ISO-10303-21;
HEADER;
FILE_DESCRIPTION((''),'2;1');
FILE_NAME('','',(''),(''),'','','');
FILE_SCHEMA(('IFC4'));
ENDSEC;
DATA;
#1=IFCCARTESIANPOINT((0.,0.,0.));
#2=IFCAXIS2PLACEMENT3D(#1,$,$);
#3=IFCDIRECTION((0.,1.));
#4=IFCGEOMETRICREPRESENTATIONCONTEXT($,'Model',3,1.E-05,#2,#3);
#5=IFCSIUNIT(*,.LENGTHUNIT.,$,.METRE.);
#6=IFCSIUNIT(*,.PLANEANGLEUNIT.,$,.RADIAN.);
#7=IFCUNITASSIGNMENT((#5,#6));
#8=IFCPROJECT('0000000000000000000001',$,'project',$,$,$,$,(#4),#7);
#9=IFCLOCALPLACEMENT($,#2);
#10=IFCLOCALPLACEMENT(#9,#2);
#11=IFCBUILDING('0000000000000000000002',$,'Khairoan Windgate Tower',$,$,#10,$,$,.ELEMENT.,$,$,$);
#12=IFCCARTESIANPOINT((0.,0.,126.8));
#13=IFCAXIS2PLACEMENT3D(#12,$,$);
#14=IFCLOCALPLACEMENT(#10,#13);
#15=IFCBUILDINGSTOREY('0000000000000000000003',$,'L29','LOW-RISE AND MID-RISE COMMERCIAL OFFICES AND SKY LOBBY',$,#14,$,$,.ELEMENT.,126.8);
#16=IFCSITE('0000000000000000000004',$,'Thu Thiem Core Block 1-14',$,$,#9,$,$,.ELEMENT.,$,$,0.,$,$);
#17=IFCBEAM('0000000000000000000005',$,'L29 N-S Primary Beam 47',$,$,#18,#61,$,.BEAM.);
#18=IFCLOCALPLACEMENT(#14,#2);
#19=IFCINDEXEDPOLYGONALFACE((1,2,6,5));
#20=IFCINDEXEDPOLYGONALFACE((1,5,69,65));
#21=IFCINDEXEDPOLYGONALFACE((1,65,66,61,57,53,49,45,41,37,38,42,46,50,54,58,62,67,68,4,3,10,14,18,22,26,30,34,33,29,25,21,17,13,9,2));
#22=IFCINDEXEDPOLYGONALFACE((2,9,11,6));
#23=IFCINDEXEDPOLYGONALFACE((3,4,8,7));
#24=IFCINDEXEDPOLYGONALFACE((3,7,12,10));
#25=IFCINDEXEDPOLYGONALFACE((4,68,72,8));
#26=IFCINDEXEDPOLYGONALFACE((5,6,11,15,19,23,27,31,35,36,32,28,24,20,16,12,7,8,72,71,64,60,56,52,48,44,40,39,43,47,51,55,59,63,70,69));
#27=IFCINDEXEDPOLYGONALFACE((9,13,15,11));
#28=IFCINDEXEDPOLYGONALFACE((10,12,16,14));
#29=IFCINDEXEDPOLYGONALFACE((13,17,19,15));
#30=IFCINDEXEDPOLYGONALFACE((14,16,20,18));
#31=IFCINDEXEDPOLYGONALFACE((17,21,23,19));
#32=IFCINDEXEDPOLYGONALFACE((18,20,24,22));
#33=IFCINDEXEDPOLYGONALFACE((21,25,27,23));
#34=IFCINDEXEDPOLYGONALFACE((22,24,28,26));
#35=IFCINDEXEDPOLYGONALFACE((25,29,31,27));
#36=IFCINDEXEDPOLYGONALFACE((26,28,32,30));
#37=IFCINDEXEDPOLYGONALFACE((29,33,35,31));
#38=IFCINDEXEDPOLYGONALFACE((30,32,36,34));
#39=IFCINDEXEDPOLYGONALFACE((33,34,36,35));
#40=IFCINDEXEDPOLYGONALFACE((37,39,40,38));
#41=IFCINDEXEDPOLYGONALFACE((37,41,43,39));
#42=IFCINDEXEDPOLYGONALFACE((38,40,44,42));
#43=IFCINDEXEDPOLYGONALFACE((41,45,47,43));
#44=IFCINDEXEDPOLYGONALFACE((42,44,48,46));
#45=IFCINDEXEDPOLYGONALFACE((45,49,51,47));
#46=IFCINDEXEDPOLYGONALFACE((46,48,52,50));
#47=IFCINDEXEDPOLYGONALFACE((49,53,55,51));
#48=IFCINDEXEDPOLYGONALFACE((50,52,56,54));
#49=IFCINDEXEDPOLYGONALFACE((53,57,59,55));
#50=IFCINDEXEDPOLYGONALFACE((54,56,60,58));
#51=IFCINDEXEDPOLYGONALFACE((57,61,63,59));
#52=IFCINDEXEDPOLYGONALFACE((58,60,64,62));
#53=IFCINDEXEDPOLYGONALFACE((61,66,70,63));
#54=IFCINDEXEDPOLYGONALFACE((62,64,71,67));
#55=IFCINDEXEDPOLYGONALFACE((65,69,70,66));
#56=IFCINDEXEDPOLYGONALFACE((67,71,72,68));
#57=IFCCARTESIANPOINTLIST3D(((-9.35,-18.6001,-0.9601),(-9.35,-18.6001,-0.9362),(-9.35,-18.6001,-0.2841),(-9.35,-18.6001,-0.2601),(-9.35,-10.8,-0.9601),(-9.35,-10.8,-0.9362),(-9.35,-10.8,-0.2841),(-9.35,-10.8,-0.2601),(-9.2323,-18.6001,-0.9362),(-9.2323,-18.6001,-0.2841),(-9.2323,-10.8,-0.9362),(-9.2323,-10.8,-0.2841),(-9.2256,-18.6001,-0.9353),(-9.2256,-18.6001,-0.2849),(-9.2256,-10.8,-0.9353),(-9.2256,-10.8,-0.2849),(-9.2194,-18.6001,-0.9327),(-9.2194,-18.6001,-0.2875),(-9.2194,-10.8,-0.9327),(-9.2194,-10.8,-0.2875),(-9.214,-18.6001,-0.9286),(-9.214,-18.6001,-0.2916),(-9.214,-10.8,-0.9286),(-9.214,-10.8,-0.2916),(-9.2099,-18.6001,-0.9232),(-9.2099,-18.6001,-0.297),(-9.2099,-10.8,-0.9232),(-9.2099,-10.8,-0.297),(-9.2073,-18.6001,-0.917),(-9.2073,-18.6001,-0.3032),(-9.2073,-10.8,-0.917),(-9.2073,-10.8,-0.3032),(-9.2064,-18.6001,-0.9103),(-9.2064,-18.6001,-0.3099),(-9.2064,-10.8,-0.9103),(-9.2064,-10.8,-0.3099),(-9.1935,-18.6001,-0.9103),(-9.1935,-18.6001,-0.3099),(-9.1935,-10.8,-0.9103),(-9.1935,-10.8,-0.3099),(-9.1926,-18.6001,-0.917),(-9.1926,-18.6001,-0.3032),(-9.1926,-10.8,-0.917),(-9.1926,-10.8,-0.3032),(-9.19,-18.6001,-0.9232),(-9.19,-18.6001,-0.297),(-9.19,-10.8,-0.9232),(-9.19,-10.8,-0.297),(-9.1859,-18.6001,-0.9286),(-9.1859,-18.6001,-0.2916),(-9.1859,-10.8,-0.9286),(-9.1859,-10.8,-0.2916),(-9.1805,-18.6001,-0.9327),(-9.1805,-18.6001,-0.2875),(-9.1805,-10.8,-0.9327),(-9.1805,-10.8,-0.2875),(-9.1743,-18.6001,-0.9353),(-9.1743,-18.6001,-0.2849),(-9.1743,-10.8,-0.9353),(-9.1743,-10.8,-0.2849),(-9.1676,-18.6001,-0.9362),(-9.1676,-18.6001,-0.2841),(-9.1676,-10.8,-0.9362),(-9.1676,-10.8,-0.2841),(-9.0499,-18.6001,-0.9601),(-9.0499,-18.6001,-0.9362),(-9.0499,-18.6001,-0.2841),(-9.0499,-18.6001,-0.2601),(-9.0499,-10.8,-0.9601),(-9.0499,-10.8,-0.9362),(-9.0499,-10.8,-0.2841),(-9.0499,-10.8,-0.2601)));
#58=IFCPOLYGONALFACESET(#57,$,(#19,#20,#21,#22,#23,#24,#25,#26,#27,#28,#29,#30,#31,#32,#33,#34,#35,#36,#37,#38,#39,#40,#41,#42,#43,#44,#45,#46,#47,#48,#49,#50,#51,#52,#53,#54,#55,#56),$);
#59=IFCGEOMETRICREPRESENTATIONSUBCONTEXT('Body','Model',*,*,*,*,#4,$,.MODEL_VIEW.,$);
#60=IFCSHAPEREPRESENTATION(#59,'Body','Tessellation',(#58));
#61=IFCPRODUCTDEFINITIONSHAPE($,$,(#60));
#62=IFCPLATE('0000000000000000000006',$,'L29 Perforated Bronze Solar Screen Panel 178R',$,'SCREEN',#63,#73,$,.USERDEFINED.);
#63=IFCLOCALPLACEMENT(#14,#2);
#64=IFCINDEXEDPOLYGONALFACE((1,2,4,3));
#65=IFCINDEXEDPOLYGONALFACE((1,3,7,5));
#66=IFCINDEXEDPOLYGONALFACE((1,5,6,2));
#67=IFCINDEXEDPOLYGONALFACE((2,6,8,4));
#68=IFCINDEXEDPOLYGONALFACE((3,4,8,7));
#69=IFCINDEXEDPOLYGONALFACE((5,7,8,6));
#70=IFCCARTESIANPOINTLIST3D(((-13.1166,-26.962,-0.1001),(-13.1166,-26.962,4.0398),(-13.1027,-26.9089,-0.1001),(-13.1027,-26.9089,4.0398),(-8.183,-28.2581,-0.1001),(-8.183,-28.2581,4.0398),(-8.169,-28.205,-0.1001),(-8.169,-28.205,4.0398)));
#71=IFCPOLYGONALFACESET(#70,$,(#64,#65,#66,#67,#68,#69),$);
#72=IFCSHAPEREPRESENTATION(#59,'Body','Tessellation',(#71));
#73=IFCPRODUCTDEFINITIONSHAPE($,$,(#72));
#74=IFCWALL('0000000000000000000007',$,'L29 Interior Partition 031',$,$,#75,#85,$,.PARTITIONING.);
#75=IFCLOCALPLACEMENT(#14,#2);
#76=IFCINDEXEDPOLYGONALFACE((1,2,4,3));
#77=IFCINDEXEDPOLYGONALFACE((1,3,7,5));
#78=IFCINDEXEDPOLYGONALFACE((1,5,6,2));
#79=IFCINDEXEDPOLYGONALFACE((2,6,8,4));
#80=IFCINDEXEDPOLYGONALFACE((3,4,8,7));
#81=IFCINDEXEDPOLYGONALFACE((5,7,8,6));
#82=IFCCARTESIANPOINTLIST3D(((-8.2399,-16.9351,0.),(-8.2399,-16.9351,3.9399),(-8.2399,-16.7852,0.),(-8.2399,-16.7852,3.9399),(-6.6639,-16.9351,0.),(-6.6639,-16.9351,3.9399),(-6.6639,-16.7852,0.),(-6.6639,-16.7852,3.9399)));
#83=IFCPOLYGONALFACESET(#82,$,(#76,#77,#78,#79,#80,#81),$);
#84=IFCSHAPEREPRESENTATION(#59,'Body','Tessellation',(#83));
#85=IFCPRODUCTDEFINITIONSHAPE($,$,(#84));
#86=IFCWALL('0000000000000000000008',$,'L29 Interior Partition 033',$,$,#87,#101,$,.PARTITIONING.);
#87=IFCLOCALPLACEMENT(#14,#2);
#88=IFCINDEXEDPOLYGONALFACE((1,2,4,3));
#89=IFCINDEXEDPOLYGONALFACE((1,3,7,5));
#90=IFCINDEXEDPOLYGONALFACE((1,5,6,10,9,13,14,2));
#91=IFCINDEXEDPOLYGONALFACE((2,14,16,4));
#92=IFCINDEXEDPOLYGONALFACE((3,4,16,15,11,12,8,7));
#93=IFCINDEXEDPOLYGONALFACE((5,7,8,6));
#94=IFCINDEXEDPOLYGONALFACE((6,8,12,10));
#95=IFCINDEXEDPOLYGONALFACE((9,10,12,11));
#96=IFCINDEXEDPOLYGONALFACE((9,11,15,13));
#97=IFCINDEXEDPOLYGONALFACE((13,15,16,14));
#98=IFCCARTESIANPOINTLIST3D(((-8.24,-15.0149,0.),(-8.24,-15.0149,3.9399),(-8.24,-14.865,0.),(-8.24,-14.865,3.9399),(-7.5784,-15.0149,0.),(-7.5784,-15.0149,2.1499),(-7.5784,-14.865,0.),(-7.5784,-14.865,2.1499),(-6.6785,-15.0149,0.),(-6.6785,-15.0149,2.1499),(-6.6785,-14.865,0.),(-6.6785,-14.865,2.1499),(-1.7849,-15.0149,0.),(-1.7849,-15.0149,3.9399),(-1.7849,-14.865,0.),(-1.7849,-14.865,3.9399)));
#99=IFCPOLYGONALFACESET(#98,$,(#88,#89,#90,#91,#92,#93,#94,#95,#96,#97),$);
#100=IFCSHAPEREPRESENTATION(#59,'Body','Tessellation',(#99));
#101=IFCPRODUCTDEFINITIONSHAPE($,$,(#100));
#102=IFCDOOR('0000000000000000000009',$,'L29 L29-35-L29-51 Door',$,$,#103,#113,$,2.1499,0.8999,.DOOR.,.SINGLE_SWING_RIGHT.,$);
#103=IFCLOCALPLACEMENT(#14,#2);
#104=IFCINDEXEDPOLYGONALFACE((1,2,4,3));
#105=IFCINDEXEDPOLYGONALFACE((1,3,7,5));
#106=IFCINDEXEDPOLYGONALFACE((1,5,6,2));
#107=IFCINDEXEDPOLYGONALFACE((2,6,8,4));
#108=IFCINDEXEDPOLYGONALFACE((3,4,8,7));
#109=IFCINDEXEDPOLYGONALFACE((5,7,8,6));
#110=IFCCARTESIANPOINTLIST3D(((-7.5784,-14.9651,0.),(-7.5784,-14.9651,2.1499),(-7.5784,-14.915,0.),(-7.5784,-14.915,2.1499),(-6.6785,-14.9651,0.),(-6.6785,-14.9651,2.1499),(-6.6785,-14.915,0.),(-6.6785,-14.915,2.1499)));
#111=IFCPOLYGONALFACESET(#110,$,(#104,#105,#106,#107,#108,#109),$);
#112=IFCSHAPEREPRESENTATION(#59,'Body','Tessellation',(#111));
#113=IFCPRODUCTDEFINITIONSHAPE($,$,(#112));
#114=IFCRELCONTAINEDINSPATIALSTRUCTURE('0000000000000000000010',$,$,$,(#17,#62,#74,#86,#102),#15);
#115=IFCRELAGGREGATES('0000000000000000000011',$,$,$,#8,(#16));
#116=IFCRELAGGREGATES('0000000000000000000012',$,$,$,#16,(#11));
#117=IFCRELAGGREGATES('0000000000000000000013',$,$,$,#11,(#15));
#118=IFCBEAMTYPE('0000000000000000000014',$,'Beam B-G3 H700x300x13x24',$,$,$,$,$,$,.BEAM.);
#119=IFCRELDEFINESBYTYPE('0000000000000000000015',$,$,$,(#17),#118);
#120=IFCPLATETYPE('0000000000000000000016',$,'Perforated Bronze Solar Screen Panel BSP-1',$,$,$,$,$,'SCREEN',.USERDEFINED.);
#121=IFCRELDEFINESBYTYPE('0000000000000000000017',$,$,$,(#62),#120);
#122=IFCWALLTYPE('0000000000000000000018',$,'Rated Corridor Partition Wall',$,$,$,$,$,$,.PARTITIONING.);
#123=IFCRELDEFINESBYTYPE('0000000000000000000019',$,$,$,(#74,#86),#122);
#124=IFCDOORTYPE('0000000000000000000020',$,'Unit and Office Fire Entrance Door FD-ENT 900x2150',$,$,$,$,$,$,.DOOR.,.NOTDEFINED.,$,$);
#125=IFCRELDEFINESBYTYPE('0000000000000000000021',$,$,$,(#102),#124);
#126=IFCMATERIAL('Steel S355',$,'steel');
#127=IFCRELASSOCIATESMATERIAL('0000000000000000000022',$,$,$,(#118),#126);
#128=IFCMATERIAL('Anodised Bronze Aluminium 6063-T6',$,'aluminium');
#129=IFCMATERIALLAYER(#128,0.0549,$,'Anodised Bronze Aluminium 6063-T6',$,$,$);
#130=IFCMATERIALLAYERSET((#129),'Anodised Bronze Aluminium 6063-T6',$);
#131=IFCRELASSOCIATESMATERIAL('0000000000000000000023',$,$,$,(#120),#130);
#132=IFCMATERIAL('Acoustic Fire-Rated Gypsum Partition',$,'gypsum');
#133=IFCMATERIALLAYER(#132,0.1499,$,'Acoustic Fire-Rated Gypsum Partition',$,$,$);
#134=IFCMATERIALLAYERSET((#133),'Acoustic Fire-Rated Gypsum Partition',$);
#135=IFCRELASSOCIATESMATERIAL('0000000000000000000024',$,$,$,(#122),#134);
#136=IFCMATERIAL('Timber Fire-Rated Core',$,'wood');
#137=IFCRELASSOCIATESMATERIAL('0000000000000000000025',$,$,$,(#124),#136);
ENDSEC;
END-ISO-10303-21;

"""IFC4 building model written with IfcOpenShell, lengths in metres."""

from ifc_helpers import new_model, si_unit, direction, frame, frame_2d, origin, origin_2d, place, context, subcontext, project, spatial, rectangle, i_section, extrude, material, layer, layer_set, material_profile, profile_set, type_object, element, fill, save


model = new_model("IFC4")

# Units and contexts
model_context = context("Model", 3, precision=1e-05, world=origin(), true_north=direction((0.0, 1.0)))
body_context = subcontext(model_context, "Body", "Model", "MODEL_VIEW")
ifc_project = project(units=[si_unit("LENGTHUNIT", "METRE"), si_unit("PLANEANGLEUNIT", "RADIAN")], contexts=[model_context])

# Site, building, storey
site_placement = place(None, origin())
site = spatial("IfcSite", under=ifc_project, at=site_placement, Name="Thu Thiem Core Block 1-14", CompositionType="ELEMENT", RefElevation=0.0)
building_placement = place(site_placement, origin())
building = spatial("IfcBuilding", under=site, at=building_placement, Name="Khairoan Windgate Tower", CompositionType="ELEMENT")
storey_placement = place(building_placement, frame((0.0, 0.0, 126.8)))
storey = spatial("IfcBuildingStorey", under=building, at=storey_placement, Name="L29", Description="LOW-RISE AND MID-RISE COMMERCIAL OFFICES AND SKY LOBBY", CompositionType="ELEMENT", Elevation=126.8)

# Beam
ifc_material_1 = material(Name="Steel S355", Category="steel")
ifc_material_profile_1 = material_profile(ifc_material_1, i_section(OverallWidth=0.3, OverallDepth=0.7, WebThickness=0.0129, FlangeThickness=0.0239, FilletRadius=0.0259, at=origin_2d()))
ifc_profile_set_1 = profile_set([ifc_material_profile_1], Name="Steel S355")
beam_type = type_object("IfcBeamType", Name="Beam B-G3 H700x300x13x24", PredefinedType="BEAM", material=ifc_profile_set_1)
beam_1_placement = place(storey_placement, frame((-9.2, -18.6001, -0.6101), z_axis=(0.0, 1.0, 0.0), x_axis=(-1.0, 0.0, 0.0)))
element("IfcBeam", 1, at=beam_1_placement, inside=storey, type_object=beam_type, Name="L29 N-S Primary Beam 47", PredefinedType="BEAM", context=body_context, shape_type="SweptSolid", body=[
    extrude(i_section(OverallWidth=0.3, OverallDepth=0.7, WebThickness=0.0129, FlangeThickness=0.0239, FilletRadius=0.0259, at=origin_2d()), origin(), (0.0, 0.0, 1.0), 7.8),
])

# Plate
ifc_material_2 = material(Name="Anodised Bronze Aluminium 6063-T6", Category="aluminium")
ifc_layer_1 = layer(ifc_material_2, 0.0549, Name="Anodised Bronze Aluminium 6063-T6")
ifc_layer_set_1 = layer_set([ifc_layer_1], Name="Anodised Bronze Aluminium 6063-T6")
plate_type = type_object("IfcPlateType", Name="Perforated Bronze Solar Screen Panel BSP-1", ElementType="SCREEN", PredefinedType="USERDEFINED", material=ifc_layer_set_1)
plate_placement = place(storey_placement, frame((-10.6428, -27.5835, -0.1001), z_axis=(0.0, 0.0, 1.0), x_axis=(-0.967179, 0.254096, 0.0)))
element("IfcPlate", 2, at=plate_placement, inside=storey, type_object=plate_type, Name="L29 Perforated Bronze Solar Screen Panel 178R", ObjectType="SCREEN", PredefinedType="USERDEFINED", context=body_context, shape_type="SweptSolid", body=[
    extrude(rectangle(XDim=5.1011, YDim=0.0549, at=origin_2d()), origin(), (0.0, 0.0, 1.0), 4.1399),
])

# Wall
ifc_material_3 = material(Name="Acoustic Fire-Rated Gypsum Partition", Category="gypsum")
ifc_layer_2 = layer(ifc_material_3, 0.1499, Name="Acoustic Fire-Rated Gypsum Partition")
ifc_layer_set_2 = layer_set([ifc_layer_2], Name="Acoustic Fire-Rated Gypsum Partition")
wall_type_1 = type_object("IfcWallType", Name="Rated Corridor Partition Wall", PredefinedType="PARTITIONING", material=ifc_layer_set_2)
wall_1_placement = place(storey_placement, frame((-8.24, -16.8601, 0.0), z_axis=(0.0, 0.0, 1.0), x_axis=(1.0, 0.0, 0.0)))
element("IfcWall", 3, at=wall_1_placement, inside=storey, type_object=wall_type_1, Name="L29 Interior Partition 031", PredefinedType="PARTITIONING", context=body_context, shape_type="SweptSolid", body=[
    extrude(rectangle(XDim=1.5759, YDim=0.1499, at=frame_2d((0.7881, 0.0))), origin(), (0.0, 0.0, 1.0), 3.9399),
])

# Wall, opening, door
wall_2_placement = place(storey_placement, frame((-8.24, -14.9399, 0.0), z_axis=(0.0, 0.0, 1.0), x_axis=(1.0, 0.0, 0.0)))
wall_2 = element("IfcWall", 4, at=wall_2_placement, inside=storey, type_object=wall_type_1, Name="L29 Interior Partition 033", PredefinedType="PARTITIONING", context=body_context, shape_type="SweptSolid", body=[
    extrude(rectangle(XDim=6.4551, YDim=0.1499, at=frame_2d((3.2275, 0.0))), origin(), (0.0, 0.0, 1.0), 3.9399),
])
opening_1_placement = place(wall_2_placement, frame((0.6616, 0.0, 0.0)))
opening_1 = element("IfcOpeningElement", 5, at=opening_1_placement, cuts=wall_2, PredefinedType="OPENING", context=body_context, shape_type="SweptSolid", body=[
    extrude(rectangle(XDim=0.8999, YDim=2.1499, at=frame_2d((0.45, 1.075))), frame((0.0, 0.085, 0.0), z_axis=(0.0, -1.0, 0.0), x_axis=(1.0, 0.0, 0.0)), (0.0, 0.0, 1.0), 0.1699),
])
ifc_material_4 = material(Name="Timber Fire-Rated Core", Category="wood")
door_type_1 = type_object("IfcDoorType", Name="Unit and Office Fire Entrance Door FD-ENT 900x2150", OperationType="NOTDEFINED", PredefinedType="DOOR", material=ifc_material_4)
door_1_placement = place(opening_1_placement, origin())
door_1 = element("IfcDoor", 6, at=door_1_placement, inside=storey, type_object=door_type_1, Name="L29 L29-35-L29-51 Door", OperationType="SINGLE_SWING_RIGHT", OverallHeight=2.1499, OverallWidth=0.8999, PredefinedType="DOOR", context=body_context, shape_type="SweptSolid", body=[
    extrude(rectangle(XDim=0.8999, YDim=2.1499, at=frame_2d((0.45, 1.075))), frame((0.0, 0.0249, 0.0), z_axis=(0.0, -1.0, 0.0), x_axis=(1.0, 0.0, 0.0)), (0.0, 0.0, 1.0), 0.05),
])
fill(opening_1, door_1)

save(model, "model.ifc")
